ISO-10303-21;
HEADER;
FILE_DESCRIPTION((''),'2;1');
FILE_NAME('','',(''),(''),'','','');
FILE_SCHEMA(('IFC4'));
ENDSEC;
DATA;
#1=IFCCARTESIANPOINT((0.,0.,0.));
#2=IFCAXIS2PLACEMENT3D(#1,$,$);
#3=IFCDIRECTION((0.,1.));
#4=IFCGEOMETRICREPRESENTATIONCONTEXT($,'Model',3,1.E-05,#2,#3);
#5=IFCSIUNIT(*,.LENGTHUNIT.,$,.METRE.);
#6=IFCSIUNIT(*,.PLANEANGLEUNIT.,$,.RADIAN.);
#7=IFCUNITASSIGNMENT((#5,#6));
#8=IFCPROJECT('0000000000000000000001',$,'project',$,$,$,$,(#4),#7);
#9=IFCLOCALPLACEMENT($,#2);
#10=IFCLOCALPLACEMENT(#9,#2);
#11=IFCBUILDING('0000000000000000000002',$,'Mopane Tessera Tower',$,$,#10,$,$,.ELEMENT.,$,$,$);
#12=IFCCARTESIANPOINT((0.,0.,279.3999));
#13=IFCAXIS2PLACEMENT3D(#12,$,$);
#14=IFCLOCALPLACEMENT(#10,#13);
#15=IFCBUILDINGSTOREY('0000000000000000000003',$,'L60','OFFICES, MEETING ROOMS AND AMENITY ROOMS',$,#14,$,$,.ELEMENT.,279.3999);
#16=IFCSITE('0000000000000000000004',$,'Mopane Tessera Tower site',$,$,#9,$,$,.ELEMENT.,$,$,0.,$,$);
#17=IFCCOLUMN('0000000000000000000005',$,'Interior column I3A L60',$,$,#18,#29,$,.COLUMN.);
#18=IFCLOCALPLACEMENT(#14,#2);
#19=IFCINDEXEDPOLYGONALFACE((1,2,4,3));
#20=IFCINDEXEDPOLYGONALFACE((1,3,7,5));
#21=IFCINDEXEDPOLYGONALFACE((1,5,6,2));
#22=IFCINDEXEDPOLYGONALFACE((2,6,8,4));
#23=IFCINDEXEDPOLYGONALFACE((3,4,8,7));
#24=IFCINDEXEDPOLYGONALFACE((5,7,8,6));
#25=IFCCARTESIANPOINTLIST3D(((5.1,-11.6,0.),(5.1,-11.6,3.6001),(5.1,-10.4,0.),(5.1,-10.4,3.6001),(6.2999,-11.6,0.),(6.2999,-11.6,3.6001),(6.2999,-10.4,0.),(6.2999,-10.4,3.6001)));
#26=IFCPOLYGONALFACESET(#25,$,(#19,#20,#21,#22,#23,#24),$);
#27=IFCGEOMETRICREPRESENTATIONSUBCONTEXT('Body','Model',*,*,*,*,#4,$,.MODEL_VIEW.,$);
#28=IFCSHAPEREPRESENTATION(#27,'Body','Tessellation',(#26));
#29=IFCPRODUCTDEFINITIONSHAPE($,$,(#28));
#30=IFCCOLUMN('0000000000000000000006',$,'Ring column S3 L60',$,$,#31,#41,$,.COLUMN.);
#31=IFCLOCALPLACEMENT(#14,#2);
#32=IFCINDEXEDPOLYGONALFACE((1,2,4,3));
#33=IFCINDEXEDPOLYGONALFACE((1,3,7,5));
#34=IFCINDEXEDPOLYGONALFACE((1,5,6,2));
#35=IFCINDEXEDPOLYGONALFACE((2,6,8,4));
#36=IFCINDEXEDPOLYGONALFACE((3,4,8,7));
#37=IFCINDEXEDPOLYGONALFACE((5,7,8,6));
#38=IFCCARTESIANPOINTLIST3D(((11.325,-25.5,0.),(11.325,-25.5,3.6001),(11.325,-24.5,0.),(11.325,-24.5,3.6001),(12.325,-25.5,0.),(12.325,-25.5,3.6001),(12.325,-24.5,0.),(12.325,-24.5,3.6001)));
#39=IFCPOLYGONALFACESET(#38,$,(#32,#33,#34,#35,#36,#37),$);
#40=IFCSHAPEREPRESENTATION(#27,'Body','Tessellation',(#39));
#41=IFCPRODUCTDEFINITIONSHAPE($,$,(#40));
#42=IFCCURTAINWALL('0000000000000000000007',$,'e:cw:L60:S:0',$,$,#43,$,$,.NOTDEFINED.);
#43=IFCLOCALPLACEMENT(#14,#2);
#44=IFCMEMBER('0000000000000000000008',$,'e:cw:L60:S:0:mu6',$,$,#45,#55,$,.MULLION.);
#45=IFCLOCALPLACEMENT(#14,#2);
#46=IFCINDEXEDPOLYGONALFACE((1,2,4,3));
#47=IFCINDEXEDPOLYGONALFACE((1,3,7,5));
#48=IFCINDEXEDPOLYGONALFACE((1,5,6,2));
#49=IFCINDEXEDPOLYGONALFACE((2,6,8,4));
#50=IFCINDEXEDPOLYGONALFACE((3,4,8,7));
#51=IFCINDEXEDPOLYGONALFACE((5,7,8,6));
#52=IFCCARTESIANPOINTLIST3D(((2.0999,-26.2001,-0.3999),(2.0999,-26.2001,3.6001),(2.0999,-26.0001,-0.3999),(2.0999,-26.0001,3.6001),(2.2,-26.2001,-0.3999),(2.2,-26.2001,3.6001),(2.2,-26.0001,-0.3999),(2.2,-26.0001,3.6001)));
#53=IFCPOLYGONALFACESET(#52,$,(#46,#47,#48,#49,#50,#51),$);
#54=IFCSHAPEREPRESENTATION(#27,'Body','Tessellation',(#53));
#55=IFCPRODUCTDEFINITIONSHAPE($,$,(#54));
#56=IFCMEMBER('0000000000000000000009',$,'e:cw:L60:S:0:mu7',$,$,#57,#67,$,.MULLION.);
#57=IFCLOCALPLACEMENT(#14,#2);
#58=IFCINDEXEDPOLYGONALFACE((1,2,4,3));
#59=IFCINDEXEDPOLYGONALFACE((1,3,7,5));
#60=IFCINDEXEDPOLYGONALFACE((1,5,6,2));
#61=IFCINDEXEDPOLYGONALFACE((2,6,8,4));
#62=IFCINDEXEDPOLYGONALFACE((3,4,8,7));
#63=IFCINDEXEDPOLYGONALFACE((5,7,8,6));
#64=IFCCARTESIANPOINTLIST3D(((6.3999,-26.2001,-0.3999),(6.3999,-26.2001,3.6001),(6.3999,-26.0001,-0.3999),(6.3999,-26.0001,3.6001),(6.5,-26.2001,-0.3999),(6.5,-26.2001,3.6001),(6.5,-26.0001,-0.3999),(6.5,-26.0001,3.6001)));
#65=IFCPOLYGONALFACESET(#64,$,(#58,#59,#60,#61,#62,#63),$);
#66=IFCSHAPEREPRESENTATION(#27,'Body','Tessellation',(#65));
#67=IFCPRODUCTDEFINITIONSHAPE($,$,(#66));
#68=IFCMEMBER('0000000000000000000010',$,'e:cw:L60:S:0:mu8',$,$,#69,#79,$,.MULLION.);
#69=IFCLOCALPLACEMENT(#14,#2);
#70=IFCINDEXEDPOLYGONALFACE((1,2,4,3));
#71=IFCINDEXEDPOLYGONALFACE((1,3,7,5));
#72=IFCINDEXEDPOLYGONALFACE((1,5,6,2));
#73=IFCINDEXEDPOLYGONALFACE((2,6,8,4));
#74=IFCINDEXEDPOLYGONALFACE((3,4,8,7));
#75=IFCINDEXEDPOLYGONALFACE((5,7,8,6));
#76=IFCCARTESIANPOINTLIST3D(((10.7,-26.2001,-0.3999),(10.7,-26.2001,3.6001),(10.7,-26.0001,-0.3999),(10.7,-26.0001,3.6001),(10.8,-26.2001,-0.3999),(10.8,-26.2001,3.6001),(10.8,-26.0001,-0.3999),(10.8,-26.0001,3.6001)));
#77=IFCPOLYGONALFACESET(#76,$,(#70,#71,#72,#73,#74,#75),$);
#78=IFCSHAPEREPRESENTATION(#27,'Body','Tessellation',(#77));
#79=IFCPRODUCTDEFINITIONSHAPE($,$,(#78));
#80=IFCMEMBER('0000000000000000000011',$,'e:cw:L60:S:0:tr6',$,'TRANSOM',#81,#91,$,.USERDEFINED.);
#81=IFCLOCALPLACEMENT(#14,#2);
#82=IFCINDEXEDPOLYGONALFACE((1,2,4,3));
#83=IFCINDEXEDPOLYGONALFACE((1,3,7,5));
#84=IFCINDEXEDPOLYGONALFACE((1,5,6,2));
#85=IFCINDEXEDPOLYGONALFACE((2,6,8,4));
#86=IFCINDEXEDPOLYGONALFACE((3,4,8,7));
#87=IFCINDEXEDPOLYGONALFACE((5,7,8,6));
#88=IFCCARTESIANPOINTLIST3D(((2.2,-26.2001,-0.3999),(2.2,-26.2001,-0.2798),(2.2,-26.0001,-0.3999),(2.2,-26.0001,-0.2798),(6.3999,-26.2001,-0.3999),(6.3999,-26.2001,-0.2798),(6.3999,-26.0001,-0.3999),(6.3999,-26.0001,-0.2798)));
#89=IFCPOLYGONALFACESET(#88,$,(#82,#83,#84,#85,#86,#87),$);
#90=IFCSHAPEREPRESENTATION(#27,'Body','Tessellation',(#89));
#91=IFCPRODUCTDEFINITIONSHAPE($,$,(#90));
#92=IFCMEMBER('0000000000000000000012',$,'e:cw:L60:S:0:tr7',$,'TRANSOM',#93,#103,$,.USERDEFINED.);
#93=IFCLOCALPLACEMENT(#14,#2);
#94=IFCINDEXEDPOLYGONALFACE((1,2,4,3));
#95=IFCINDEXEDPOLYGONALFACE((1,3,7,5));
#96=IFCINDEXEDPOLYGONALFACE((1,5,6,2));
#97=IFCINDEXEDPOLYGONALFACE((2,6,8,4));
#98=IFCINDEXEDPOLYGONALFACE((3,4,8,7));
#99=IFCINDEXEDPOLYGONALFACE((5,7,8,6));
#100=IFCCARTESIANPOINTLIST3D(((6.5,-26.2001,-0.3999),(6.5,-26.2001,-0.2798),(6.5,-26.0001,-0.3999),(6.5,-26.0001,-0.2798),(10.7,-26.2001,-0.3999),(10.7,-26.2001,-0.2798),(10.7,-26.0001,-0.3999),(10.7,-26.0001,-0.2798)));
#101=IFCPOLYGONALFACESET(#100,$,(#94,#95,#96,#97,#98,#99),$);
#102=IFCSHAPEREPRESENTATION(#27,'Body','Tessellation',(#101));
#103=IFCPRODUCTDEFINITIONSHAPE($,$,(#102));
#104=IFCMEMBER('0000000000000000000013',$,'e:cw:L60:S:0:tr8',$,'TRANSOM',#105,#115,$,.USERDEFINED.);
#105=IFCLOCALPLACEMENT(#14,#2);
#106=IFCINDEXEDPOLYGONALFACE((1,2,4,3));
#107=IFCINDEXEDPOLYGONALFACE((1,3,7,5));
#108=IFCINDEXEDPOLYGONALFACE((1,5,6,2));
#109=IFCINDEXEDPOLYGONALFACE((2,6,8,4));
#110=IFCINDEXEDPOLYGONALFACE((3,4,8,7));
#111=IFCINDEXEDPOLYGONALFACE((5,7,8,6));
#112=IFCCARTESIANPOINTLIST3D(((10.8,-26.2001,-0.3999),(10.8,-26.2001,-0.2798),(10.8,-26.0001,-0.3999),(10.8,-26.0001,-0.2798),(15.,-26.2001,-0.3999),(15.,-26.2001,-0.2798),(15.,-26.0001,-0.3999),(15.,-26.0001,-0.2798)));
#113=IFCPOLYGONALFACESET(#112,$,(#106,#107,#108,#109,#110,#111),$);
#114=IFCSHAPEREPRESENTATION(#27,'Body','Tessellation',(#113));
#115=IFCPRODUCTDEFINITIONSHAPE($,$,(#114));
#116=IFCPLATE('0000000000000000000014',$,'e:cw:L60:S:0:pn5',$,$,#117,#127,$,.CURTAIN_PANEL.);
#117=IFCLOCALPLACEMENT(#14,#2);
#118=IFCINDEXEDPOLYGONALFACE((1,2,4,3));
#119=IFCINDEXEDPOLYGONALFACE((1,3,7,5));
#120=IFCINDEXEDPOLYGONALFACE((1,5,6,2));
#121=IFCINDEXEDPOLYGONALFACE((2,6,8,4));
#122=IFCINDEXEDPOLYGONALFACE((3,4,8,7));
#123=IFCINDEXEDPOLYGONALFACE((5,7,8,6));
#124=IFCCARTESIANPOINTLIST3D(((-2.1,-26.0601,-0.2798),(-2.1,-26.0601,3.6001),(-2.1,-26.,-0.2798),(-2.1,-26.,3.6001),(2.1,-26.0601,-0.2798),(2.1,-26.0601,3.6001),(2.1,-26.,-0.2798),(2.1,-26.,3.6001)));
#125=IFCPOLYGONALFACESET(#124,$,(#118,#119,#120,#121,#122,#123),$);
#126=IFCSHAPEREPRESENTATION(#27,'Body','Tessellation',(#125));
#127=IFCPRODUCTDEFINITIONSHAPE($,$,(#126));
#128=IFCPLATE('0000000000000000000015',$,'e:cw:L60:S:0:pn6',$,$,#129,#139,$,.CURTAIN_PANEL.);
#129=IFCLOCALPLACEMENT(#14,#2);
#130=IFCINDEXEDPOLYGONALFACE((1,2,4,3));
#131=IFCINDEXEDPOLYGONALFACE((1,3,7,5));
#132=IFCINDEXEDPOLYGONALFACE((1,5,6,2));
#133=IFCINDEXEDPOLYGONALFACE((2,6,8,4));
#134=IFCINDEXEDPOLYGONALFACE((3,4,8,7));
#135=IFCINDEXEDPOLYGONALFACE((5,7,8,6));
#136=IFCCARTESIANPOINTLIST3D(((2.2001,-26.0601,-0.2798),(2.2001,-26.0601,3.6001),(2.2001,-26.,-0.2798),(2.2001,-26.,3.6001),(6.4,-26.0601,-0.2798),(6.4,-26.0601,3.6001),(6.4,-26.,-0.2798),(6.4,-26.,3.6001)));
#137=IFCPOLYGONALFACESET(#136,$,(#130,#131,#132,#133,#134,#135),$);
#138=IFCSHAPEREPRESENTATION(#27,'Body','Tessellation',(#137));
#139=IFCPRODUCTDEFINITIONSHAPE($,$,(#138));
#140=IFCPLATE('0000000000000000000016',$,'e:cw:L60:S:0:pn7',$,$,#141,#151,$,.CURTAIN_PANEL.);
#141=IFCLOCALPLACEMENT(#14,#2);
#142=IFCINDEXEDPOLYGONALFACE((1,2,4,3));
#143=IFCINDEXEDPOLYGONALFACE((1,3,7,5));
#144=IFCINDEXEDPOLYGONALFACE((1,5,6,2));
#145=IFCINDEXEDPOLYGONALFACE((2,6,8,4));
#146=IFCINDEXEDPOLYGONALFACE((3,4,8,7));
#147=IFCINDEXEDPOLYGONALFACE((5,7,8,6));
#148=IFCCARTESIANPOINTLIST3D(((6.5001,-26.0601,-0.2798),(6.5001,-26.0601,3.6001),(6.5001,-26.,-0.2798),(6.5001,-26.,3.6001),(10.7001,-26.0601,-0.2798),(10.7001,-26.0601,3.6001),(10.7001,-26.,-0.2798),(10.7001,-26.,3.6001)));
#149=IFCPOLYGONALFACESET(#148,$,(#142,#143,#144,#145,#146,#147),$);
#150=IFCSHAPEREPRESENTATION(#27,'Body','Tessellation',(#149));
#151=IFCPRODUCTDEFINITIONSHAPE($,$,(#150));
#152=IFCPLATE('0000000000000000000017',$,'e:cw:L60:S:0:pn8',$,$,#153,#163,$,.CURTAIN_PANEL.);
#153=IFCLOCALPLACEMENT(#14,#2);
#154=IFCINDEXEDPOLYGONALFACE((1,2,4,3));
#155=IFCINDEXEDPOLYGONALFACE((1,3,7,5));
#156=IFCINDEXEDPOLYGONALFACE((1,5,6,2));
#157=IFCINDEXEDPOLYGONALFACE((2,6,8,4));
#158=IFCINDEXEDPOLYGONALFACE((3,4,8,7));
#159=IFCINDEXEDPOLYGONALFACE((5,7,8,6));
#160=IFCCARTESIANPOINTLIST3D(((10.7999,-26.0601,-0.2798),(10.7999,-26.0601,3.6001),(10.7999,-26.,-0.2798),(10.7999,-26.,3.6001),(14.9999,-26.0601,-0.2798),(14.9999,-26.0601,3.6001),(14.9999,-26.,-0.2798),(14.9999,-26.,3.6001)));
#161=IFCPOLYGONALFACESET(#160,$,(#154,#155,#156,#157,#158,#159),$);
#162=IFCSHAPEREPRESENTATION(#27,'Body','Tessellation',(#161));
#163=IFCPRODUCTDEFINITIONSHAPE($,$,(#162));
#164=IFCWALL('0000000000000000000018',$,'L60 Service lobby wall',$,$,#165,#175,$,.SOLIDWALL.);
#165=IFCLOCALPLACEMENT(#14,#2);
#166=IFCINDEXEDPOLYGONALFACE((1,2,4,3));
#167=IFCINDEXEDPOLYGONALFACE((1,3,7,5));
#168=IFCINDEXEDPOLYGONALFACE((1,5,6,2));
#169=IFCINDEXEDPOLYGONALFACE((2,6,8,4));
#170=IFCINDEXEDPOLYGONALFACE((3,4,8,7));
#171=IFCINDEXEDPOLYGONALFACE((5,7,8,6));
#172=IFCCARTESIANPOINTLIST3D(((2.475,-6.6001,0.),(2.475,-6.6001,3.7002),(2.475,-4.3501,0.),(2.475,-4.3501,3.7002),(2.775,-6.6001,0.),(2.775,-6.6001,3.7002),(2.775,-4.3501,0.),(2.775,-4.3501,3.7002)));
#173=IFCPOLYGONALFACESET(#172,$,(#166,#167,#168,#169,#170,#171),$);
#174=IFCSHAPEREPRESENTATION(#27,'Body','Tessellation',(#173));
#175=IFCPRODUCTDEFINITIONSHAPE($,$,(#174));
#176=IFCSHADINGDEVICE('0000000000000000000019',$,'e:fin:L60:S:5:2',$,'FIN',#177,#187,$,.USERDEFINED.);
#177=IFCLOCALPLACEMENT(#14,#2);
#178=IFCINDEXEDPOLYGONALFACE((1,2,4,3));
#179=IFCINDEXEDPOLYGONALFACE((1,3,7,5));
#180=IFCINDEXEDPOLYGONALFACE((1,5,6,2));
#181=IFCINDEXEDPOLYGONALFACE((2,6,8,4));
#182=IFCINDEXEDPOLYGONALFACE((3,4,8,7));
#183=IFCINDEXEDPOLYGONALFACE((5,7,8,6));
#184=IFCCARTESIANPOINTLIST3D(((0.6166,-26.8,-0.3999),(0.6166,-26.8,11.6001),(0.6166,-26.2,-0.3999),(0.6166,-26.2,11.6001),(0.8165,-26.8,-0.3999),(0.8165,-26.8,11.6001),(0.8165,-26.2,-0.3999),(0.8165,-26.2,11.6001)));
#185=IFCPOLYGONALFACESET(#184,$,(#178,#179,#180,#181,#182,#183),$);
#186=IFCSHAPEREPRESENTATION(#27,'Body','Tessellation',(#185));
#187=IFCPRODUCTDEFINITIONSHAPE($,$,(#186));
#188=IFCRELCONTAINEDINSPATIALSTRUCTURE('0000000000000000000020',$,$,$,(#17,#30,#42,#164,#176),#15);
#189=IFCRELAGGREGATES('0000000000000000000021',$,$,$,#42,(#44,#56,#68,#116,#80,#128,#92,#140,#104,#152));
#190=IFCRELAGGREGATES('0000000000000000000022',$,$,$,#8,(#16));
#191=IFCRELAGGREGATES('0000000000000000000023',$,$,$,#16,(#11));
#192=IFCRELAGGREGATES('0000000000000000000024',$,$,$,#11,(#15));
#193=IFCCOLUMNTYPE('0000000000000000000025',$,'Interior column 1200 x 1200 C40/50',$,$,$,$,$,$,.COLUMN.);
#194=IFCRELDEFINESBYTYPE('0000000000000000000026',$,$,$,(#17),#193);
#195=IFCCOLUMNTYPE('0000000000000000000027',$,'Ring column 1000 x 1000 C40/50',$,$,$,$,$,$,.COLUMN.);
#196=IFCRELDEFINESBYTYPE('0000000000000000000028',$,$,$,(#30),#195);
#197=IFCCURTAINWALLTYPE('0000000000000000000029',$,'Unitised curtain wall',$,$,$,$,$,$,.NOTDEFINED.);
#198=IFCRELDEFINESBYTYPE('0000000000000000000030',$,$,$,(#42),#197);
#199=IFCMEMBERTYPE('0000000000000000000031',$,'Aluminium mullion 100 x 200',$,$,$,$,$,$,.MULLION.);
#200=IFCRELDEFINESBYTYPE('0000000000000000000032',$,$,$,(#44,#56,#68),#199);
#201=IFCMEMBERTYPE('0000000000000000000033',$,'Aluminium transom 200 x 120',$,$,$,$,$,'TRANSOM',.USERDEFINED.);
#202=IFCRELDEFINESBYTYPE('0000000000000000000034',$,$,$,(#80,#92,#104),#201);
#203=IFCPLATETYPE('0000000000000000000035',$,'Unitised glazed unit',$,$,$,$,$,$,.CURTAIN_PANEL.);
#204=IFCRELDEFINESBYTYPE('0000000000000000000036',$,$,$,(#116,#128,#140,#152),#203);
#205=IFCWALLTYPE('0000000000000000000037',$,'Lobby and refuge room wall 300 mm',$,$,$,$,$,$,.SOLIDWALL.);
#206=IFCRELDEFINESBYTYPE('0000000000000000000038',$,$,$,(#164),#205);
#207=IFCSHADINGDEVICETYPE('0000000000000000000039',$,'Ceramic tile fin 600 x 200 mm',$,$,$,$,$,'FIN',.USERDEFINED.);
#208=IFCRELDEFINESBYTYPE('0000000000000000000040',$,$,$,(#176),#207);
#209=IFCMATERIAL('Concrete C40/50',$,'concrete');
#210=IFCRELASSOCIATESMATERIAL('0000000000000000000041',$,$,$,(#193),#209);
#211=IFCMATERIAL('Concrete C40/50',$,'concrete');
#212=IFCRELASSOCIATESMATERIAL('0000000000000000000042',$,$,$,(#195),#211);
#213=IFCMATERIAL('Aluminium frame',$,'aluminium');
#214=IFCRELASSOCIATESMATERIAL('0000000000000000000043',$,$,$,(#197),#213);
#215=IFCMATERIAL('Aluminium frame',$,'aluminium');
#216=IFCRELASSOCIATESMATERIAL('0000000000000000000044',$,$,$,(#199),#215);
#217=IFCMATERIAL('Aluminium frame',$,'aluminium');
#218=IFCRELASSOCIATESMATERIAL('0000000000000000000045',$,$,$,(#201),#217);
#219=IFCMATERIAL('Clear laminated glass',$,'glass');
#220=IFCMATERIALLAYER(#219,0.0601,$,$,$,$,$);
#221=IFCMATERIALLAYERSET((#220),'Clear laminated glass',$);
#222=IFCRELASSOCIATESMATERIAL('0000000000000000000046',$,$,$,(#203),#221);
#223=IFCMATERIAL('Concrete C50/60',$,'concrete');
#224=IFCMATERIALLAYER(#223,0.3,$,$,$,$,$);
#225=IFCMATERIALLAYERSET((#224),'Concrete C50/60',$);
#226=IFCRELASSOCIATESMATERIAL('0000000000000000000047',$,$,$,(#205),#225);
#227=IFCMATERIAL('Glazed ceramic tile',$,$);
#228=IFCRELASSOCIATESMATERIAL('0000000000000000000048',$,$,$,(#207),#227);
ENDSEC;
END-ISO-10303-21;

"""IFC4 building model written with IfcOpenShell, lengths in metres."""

from ifc_helpers import new_model, si_unit, direction, frame, frame_2d, origin, origin_2d, place, context, subcontext, project, spatial, rectangle, extrude, material, layer, layer_set, material_profile, profile_set, type_object, element, aggregate, save


model = new_model("IFC4")

# Units and contexts
model_context = context("Model", 3, precision=1e-05, world=origin(), true_north=direction((0.0, 1.0)))
body_context = subcontext(model_context, "Body", "Model", "MODEL_VIEW")
ifc_project = project(units=[si_unit("LENGTHUNIT", "METRE"), si_unit("PLANEANGLEUNIT", "RADIAN")], contexts=[model_context])

# Site, building, storey
site_placement = place(None, origin())
site = spatial("IfcSite", under=ifc_project, at=site_placement, Name="Mopane Tessera Tower site", CompositionType="ELEMENT", RefElevation=0.0)
building_placement = place(site_placement, origin())
building = spatial("IfcBuilding", under=site, at=building_placement, Name="Mopane Tessera Tower", CompositionType="ELEMENT")
storey_placement = place(building_placement, frame((0.0, 0.0, 279.3999)))
storey = spatial("IfcBuildingStorey", under=building, at=storey_placement, Name="L60", Description="OFFICES, MEETING ROOMS AND AMENITY ROOMS", CompositionType="ELEMENT", Elevation=279.3999)

# Columns
ifc_material_1 = material(Name="Concrete C40/50", Category="concrete")
ifc_material_profile_1 = material_profile(ifc_material_1, rectangle(XDim=1.2, YDim=1.2, at=origin_2d()))
ifc_profile_set_1 = profile_set([ifc_material_profile_1], Name="Concrete C40/50")
column_type_1 = type_object("IfcColumnType", Name="Interior column 1200 x 1200 C40/50", PredefinedType="COLUMN", material=ifc_profile_set_1)
column_1_placement = place(storey_placement, frame((5.7, -11.0, 0.0), z_axis=(0.0, 0.0, 1.0), x_axis=(1.0, 0.0, 0.0)))
element("IfcColumn", 1, at=column_1_placement, inside=storey, type_object=column_type_1, Name="Interior column I3A L60", PredefinedType="COLUMN", context=body_context, shape_type="SweptSolid", body=[
    extrude(rectangle(XDim=1.2, YDim=1.2, at=origin_2d()), origin(), (0.0, 0.0, 1.0), 3.6001),
])
ifc_material_2 = material(Name="Concrete C40/50", Category="concrete")
ifc_material_profile_2 = material_profile(ifc_material_2, rectangle(XDim=1.0, YDim=1.0, at=origin_2d()))
ifc_profile_set_2 = profile_set([ifc_material_profile_2], Name="Concrete C40/50")
column_type_2 = type_object("IfcColumnType", Name="Ring column 1000 x 1000 C40/50", PredefinedType="COLUMN", material=ifc_profile_set_2)
column_2_placement = place(storey_placement, frame((11.825, -25.0, 0.0), z_axis=(0.0, 0.0, 1.0), x_axis=(1.0, 0.0, 0.0)))
element("IfcColumn", 2, at=column_2_placement, inside=storey, type_object=column_type_2, Name="Ring column S3 L60", PredefinedType="COLUMN", context=body_context, shape_type="SweptSolid", body=[
    extrude(rectangle(XDim=1.0, YDim=1.0, at=origin_2d()), origin(), (0.0, 0.0, 1.0), 3.6001),
])

# Curtain wall, members, plates
ifc_material_3 = material(Name="Aluminium frame", Category="aluminium")
curtain_wall_type = type_object("IfcCurtainWallType", Name="Unitised curtain wall", PredefinedType="NOTDEFINED", material=ifc_material_3)
curtain_wall_placement = place(storey_placement, origin())
curtain_wall = element("IfcCurtainWall", 3, at=curtain_wall_placement, inside=storey, type_object=curtain_wall_type, Name="e:cw:L60:S:0", PredefinedType="NOTDEFINED")
ifc_material_4 = material(Name="Aluminium frame", Category="aluminium")
ifc_material_profile_3 = material_profile(ifc_material_4, rectangle(XDim=0.1001, YDim=0.2, at=origin_2d()))
ifc_profile_set_3 = profile_set([ifc_material_profile_3], Name="Aluminium frame")
member_type_1 = type_object("IfcMemberType", Name="Aluminium mullion 100 x 200", PredefinedType="MULLION", material=ifc_profile_set_3)
member_1_placement = place(storey_placement, frame((2.1499, -26.1001, -0.3999), z_axis=(0.0, 0.0, 1.0), x_axis=(1.0, 0.0, 0.0)))
member_1 = element("IfcMember", 4, at=member_1_placement, type_object=member_type_1, Name="e:cw:L60:S:0:mu6", PredefinedType="MULLION", context=body_context, shape_type="SweptSolid", body=[
    extrude(rectangle(XDim=0.1001, YDim=0.2, at=origin_2d()), origin(), (0.0, 0.0, 1.0), 4.0),
])
member_2_placement = place(storey_placement, frame((6.45, -26.1001, -0.3999), z_axis=(0.0, 0.0, 1.0), x_axis=(1.0, 0.0, 0.0)))
member_2 = element("IfcMember", 5, at=member_2_placement, type_object=member_type_1, Name="e:cw:L60:S:0:mu7", PredefinedType="MULLION", context=body_context, shape_type="SweptSolid", body=[
    extrude(rectangle(XDim=0.1001, YDim=0.2, at=origin_2d()), origin(), (0.0, 0.0, 1.0), 4.0),
])
member_3_placement = place(storey_placement, frame((10.75, -26.1001, -0.3999), z_axis=(0.0, 0.0, 1.0), x_axis=(1.0, 0.0, 0.0)))
member_3 = element("IfcMember", 6, at=member_3_placement, type_object=member_type_1, Name="e:cw:L60:S:0:mu8", PredefinedType="MULLION", context=body_context, shape_type="SweptSolid", body=[
    extrude(rectangle(XDim=0.1001, YDim=0.2, at=origin_2d()), origin(), (0.0, 0.0, 1.0), 4.0),
])
ifc_material_5 = material(Name="Aluminium frame", Category="aluminium")
ifc_material_profile_4 = material_profile(ifc_material_5, rectangle(XDim=0.2, YDim=0.1201, at=origin_2d()))
ifc_profile_set_4 = profile_set([ifc_material_profile_4], Name="Aluminium frame")
member_type_2 = type_object("IfcMemberType", Name="Aluminium transom 200 x 120", ElementType="TRANSOM", PredefinedType="USERDEFINED", material=ifc_profile_set_4)
member_4_placement = place(storey_placement, frame((2.2, -26.1001, -0.3398), z_axis=(1.0, 0.0, 0.0), x_axis=(0.0, 1.0, 0.0)))
member_4 = element("IfcMember", 7, at=member_4_placement, type_object=member_type_2, Name="e:cw:L60:S:0:tr6", ObjectType="TRANSOM", PredefinedType="USERDEFINED", context=body_context, shape_type="SweptSolid", body=[
    extrude(rectangle(XDim=0.2, YDim=0.1201, at=origin_2d()), origin(), (0.0, 0.0, 1.0), 4.2),
])
member_5_placement = place(storey_placement, frame((6.5, -26.1001, -0.3398), z_axis=(1.0, 0.0, 0.0), x_axis=(0.0, 1.0, 0.0)))
member_5 = element("IfcMember", 8, at=member_5_placement, type_object=member_type_2, Name="e:cw:L60:S:0:tr7", ObjectType="TRANSOM", PredefinedType="USERDEFINED", context=body_context, shape_type="SweptSolid", body=[
    extrude(rectangle(XDim=0.2, YDim=0.1201, at=origin_2d()), origin(), (0.0, 0.0, 1.0), 4.2),
])
member_6_placement = place(storey_placement, frame((10.8, -26.1001, -0.3398), z_axis=(1.0, 0.0, 0.0), x_axis=(0.0, 1.0, 0.0)))
member_6 = element("IfcMember", 9, at=member_6_placement, type_object=member_type_2, Name="e:cw:L60:S:0:tr8", ObjectType="TRANSOM", PredefinedType="USERDEFINED", context=body_context, shape_type="SweptSolid", body=[
    extrude(rectangle(XDim=0.2, YDim=0.1201, at=origin_2d()), origin(), (0.0, 0.0, 1.0), 4.2),
])
ifc_material_6 = material(Name="Clear laminated glass", Category="glass")
ifc_layer_1 = layer(ifc_material_6, 0.0601)
ifc_layer_set_1 = layer_set([ifc_layer_1], Name="Clear laminated glass")
plate_type = type_object("IfcPlateType", Name="Unitised glazed unit", PredefinedType="CURTAIN_PANEL", material=ifc_layer_set_1)
plate_1_placement = place(storey_placement, frame((0.0, -26.03, -0.2798), z_axis=(0.0, 0.0, 1.0), x_axis=(1.0, 0.0, 0.0)))
plate_1 = element("IfcPlate", 10, at=plate_1_placement, type_object=plate_type, Name="e:cw:L60:S:0:pn5", PredefinedType="CURTAIN_PANEL", context=body_context, shape_type="SweptSolid", body=[
    extrude(rectangle(XDim=4.2, YDim=0.0601, at=origin_2d()), origin(), (0.0, 0.0, 1.0), 3.8799),
])
plate_2_placement = place(storey_placement, frame((4.3, -26.03, -0.2798), z_axis=(0.0, 0.0, 1.0), x_axis=(1.0, 0.0, 0.0)))
plate_2 = element("IfcPlate", 11, at=plate_2_placement, type_object=plate_type, Name="e:cw:L60:S:0:pn6", PredefinedType="CURTAIN_PANEL", context=body_context, shape_type="SweptSolid", body=[
    extrude(rectangle(XDim=4.2, YDim=0.0601, at=origin_2d()), origin(), (0.0, 0.0, 1.0), 3.8799),
])
plate_3_placement = place(storey_placement, frame((8.6001, -26.03, -0.2798), z_axis=(0.0, 0.0, 1.0), x_axis=(1.0, 0.0, 0.0)))
plate_3 = element("IfcPlate", 12, at=plate_3_placement, type_object=plate_type, Name="e:cw:L60:S:0:pn7", PredefinedType="CURTAIN_PANEL", context=body_context, shape_type="SweptSolid", body=[
    extrude(rectangle(XDim=4.2, YDim=0.0601, at=origin_2d()), origin(), (0.0, 0.0, 1.0), 3.8799),
])
plate_4_placement = place(storey_placement, frame((12.8999, -26.03, -0.2798), z_axis=(0.0, 0.0, 1.0), x_axis=(1.0, 0.0, 0.0)))
plate_4 = element("IfcPlate", 13, at=plate_4_placement, type_object=plate_type, Name="e:cw:L60:S:0:pn8", PredefinedType="CURTAIN_PANEL", context=body_context, shape_type="SweptSolid", body=[
    extrude(rectangle(XDim=4.2, YDim=0.0601, at=origin_2d()), origin(), (0.0, 0.0, 1.0), 3.8799),
])
aggregate(curtain_wall, [member_1, member_2, member_3, plate_1, member_4, plate_2, member_5, plate_3, member_6, plate_4])

# Wall
ifc_material_7 = material(Name="Concrete C50/60", Category="concrete")
ifc_layer_2 = layer(ifc_material_7, 0.3)
ifc_layer_set_2 = layer_set([ifc_layer_2], Name="Concrete C50/60")
wall_type = type_object("IfcWallType", Name="Lobby and refuge room wall 300 mm", PredefinedType="SOLIDWALL", material=ifc_layer_set_2)
wall_placement = place(storey_placement, frame((2.625, -6.6001, 0.0), z_axis=(0.0, 0.0, 1.0), x_axis=(0.0, 1.0, 0.0)))
element("IfcWall", 14, at=wall_placement, inside=storey, type_object=wall_type, Name="L60 Service lobby wall", PredefinedType="SOLIDWALL", context=body_context, shape_type="SweptSolid", body=[
    extrude(rectangle(XDim=2.25, YDim=0.3, at=frame_2d((1.125, 0.0))), origin(), (0.0, 0.0, 1.0), 3.7002),
])

# Shading device
ifc_material_8 = material(Name="Glazed ceramic tile")
shading_device_type = type_object("IfcShadingDeviceType", Name="Ceramic tile fin 600 x 200 mm", ElementType="FIN", PredefinedType="USERDEFINED", material=ifc_material_8)
for number, where, z_axis, x_axis, name in (
    (15, (0.7166, -26.5, -0.3999), (0.0, 0.0, 1.0), (1.0, 0.0, 0.0), "e:fin:L60:S:5:2"),
):
    element("IfcShadingDevice", number, at=place(storey_placement, frame(where, z_axis=z_axis, x_axis=x_axis)), inside=storey, type_object=shading_device_type, Name=name, ObjectType="FIN", PredefinedType="USERDEFINED", context=body_context, shape_type="SweptSolid", body=[
        extrude(rectangle(XDim=0.2, YDim=0.6001, at=origin_2d()), origin(), (0.0, 0.0, 1.0), 12.0),
    ])

save(model, "model.ifc")
